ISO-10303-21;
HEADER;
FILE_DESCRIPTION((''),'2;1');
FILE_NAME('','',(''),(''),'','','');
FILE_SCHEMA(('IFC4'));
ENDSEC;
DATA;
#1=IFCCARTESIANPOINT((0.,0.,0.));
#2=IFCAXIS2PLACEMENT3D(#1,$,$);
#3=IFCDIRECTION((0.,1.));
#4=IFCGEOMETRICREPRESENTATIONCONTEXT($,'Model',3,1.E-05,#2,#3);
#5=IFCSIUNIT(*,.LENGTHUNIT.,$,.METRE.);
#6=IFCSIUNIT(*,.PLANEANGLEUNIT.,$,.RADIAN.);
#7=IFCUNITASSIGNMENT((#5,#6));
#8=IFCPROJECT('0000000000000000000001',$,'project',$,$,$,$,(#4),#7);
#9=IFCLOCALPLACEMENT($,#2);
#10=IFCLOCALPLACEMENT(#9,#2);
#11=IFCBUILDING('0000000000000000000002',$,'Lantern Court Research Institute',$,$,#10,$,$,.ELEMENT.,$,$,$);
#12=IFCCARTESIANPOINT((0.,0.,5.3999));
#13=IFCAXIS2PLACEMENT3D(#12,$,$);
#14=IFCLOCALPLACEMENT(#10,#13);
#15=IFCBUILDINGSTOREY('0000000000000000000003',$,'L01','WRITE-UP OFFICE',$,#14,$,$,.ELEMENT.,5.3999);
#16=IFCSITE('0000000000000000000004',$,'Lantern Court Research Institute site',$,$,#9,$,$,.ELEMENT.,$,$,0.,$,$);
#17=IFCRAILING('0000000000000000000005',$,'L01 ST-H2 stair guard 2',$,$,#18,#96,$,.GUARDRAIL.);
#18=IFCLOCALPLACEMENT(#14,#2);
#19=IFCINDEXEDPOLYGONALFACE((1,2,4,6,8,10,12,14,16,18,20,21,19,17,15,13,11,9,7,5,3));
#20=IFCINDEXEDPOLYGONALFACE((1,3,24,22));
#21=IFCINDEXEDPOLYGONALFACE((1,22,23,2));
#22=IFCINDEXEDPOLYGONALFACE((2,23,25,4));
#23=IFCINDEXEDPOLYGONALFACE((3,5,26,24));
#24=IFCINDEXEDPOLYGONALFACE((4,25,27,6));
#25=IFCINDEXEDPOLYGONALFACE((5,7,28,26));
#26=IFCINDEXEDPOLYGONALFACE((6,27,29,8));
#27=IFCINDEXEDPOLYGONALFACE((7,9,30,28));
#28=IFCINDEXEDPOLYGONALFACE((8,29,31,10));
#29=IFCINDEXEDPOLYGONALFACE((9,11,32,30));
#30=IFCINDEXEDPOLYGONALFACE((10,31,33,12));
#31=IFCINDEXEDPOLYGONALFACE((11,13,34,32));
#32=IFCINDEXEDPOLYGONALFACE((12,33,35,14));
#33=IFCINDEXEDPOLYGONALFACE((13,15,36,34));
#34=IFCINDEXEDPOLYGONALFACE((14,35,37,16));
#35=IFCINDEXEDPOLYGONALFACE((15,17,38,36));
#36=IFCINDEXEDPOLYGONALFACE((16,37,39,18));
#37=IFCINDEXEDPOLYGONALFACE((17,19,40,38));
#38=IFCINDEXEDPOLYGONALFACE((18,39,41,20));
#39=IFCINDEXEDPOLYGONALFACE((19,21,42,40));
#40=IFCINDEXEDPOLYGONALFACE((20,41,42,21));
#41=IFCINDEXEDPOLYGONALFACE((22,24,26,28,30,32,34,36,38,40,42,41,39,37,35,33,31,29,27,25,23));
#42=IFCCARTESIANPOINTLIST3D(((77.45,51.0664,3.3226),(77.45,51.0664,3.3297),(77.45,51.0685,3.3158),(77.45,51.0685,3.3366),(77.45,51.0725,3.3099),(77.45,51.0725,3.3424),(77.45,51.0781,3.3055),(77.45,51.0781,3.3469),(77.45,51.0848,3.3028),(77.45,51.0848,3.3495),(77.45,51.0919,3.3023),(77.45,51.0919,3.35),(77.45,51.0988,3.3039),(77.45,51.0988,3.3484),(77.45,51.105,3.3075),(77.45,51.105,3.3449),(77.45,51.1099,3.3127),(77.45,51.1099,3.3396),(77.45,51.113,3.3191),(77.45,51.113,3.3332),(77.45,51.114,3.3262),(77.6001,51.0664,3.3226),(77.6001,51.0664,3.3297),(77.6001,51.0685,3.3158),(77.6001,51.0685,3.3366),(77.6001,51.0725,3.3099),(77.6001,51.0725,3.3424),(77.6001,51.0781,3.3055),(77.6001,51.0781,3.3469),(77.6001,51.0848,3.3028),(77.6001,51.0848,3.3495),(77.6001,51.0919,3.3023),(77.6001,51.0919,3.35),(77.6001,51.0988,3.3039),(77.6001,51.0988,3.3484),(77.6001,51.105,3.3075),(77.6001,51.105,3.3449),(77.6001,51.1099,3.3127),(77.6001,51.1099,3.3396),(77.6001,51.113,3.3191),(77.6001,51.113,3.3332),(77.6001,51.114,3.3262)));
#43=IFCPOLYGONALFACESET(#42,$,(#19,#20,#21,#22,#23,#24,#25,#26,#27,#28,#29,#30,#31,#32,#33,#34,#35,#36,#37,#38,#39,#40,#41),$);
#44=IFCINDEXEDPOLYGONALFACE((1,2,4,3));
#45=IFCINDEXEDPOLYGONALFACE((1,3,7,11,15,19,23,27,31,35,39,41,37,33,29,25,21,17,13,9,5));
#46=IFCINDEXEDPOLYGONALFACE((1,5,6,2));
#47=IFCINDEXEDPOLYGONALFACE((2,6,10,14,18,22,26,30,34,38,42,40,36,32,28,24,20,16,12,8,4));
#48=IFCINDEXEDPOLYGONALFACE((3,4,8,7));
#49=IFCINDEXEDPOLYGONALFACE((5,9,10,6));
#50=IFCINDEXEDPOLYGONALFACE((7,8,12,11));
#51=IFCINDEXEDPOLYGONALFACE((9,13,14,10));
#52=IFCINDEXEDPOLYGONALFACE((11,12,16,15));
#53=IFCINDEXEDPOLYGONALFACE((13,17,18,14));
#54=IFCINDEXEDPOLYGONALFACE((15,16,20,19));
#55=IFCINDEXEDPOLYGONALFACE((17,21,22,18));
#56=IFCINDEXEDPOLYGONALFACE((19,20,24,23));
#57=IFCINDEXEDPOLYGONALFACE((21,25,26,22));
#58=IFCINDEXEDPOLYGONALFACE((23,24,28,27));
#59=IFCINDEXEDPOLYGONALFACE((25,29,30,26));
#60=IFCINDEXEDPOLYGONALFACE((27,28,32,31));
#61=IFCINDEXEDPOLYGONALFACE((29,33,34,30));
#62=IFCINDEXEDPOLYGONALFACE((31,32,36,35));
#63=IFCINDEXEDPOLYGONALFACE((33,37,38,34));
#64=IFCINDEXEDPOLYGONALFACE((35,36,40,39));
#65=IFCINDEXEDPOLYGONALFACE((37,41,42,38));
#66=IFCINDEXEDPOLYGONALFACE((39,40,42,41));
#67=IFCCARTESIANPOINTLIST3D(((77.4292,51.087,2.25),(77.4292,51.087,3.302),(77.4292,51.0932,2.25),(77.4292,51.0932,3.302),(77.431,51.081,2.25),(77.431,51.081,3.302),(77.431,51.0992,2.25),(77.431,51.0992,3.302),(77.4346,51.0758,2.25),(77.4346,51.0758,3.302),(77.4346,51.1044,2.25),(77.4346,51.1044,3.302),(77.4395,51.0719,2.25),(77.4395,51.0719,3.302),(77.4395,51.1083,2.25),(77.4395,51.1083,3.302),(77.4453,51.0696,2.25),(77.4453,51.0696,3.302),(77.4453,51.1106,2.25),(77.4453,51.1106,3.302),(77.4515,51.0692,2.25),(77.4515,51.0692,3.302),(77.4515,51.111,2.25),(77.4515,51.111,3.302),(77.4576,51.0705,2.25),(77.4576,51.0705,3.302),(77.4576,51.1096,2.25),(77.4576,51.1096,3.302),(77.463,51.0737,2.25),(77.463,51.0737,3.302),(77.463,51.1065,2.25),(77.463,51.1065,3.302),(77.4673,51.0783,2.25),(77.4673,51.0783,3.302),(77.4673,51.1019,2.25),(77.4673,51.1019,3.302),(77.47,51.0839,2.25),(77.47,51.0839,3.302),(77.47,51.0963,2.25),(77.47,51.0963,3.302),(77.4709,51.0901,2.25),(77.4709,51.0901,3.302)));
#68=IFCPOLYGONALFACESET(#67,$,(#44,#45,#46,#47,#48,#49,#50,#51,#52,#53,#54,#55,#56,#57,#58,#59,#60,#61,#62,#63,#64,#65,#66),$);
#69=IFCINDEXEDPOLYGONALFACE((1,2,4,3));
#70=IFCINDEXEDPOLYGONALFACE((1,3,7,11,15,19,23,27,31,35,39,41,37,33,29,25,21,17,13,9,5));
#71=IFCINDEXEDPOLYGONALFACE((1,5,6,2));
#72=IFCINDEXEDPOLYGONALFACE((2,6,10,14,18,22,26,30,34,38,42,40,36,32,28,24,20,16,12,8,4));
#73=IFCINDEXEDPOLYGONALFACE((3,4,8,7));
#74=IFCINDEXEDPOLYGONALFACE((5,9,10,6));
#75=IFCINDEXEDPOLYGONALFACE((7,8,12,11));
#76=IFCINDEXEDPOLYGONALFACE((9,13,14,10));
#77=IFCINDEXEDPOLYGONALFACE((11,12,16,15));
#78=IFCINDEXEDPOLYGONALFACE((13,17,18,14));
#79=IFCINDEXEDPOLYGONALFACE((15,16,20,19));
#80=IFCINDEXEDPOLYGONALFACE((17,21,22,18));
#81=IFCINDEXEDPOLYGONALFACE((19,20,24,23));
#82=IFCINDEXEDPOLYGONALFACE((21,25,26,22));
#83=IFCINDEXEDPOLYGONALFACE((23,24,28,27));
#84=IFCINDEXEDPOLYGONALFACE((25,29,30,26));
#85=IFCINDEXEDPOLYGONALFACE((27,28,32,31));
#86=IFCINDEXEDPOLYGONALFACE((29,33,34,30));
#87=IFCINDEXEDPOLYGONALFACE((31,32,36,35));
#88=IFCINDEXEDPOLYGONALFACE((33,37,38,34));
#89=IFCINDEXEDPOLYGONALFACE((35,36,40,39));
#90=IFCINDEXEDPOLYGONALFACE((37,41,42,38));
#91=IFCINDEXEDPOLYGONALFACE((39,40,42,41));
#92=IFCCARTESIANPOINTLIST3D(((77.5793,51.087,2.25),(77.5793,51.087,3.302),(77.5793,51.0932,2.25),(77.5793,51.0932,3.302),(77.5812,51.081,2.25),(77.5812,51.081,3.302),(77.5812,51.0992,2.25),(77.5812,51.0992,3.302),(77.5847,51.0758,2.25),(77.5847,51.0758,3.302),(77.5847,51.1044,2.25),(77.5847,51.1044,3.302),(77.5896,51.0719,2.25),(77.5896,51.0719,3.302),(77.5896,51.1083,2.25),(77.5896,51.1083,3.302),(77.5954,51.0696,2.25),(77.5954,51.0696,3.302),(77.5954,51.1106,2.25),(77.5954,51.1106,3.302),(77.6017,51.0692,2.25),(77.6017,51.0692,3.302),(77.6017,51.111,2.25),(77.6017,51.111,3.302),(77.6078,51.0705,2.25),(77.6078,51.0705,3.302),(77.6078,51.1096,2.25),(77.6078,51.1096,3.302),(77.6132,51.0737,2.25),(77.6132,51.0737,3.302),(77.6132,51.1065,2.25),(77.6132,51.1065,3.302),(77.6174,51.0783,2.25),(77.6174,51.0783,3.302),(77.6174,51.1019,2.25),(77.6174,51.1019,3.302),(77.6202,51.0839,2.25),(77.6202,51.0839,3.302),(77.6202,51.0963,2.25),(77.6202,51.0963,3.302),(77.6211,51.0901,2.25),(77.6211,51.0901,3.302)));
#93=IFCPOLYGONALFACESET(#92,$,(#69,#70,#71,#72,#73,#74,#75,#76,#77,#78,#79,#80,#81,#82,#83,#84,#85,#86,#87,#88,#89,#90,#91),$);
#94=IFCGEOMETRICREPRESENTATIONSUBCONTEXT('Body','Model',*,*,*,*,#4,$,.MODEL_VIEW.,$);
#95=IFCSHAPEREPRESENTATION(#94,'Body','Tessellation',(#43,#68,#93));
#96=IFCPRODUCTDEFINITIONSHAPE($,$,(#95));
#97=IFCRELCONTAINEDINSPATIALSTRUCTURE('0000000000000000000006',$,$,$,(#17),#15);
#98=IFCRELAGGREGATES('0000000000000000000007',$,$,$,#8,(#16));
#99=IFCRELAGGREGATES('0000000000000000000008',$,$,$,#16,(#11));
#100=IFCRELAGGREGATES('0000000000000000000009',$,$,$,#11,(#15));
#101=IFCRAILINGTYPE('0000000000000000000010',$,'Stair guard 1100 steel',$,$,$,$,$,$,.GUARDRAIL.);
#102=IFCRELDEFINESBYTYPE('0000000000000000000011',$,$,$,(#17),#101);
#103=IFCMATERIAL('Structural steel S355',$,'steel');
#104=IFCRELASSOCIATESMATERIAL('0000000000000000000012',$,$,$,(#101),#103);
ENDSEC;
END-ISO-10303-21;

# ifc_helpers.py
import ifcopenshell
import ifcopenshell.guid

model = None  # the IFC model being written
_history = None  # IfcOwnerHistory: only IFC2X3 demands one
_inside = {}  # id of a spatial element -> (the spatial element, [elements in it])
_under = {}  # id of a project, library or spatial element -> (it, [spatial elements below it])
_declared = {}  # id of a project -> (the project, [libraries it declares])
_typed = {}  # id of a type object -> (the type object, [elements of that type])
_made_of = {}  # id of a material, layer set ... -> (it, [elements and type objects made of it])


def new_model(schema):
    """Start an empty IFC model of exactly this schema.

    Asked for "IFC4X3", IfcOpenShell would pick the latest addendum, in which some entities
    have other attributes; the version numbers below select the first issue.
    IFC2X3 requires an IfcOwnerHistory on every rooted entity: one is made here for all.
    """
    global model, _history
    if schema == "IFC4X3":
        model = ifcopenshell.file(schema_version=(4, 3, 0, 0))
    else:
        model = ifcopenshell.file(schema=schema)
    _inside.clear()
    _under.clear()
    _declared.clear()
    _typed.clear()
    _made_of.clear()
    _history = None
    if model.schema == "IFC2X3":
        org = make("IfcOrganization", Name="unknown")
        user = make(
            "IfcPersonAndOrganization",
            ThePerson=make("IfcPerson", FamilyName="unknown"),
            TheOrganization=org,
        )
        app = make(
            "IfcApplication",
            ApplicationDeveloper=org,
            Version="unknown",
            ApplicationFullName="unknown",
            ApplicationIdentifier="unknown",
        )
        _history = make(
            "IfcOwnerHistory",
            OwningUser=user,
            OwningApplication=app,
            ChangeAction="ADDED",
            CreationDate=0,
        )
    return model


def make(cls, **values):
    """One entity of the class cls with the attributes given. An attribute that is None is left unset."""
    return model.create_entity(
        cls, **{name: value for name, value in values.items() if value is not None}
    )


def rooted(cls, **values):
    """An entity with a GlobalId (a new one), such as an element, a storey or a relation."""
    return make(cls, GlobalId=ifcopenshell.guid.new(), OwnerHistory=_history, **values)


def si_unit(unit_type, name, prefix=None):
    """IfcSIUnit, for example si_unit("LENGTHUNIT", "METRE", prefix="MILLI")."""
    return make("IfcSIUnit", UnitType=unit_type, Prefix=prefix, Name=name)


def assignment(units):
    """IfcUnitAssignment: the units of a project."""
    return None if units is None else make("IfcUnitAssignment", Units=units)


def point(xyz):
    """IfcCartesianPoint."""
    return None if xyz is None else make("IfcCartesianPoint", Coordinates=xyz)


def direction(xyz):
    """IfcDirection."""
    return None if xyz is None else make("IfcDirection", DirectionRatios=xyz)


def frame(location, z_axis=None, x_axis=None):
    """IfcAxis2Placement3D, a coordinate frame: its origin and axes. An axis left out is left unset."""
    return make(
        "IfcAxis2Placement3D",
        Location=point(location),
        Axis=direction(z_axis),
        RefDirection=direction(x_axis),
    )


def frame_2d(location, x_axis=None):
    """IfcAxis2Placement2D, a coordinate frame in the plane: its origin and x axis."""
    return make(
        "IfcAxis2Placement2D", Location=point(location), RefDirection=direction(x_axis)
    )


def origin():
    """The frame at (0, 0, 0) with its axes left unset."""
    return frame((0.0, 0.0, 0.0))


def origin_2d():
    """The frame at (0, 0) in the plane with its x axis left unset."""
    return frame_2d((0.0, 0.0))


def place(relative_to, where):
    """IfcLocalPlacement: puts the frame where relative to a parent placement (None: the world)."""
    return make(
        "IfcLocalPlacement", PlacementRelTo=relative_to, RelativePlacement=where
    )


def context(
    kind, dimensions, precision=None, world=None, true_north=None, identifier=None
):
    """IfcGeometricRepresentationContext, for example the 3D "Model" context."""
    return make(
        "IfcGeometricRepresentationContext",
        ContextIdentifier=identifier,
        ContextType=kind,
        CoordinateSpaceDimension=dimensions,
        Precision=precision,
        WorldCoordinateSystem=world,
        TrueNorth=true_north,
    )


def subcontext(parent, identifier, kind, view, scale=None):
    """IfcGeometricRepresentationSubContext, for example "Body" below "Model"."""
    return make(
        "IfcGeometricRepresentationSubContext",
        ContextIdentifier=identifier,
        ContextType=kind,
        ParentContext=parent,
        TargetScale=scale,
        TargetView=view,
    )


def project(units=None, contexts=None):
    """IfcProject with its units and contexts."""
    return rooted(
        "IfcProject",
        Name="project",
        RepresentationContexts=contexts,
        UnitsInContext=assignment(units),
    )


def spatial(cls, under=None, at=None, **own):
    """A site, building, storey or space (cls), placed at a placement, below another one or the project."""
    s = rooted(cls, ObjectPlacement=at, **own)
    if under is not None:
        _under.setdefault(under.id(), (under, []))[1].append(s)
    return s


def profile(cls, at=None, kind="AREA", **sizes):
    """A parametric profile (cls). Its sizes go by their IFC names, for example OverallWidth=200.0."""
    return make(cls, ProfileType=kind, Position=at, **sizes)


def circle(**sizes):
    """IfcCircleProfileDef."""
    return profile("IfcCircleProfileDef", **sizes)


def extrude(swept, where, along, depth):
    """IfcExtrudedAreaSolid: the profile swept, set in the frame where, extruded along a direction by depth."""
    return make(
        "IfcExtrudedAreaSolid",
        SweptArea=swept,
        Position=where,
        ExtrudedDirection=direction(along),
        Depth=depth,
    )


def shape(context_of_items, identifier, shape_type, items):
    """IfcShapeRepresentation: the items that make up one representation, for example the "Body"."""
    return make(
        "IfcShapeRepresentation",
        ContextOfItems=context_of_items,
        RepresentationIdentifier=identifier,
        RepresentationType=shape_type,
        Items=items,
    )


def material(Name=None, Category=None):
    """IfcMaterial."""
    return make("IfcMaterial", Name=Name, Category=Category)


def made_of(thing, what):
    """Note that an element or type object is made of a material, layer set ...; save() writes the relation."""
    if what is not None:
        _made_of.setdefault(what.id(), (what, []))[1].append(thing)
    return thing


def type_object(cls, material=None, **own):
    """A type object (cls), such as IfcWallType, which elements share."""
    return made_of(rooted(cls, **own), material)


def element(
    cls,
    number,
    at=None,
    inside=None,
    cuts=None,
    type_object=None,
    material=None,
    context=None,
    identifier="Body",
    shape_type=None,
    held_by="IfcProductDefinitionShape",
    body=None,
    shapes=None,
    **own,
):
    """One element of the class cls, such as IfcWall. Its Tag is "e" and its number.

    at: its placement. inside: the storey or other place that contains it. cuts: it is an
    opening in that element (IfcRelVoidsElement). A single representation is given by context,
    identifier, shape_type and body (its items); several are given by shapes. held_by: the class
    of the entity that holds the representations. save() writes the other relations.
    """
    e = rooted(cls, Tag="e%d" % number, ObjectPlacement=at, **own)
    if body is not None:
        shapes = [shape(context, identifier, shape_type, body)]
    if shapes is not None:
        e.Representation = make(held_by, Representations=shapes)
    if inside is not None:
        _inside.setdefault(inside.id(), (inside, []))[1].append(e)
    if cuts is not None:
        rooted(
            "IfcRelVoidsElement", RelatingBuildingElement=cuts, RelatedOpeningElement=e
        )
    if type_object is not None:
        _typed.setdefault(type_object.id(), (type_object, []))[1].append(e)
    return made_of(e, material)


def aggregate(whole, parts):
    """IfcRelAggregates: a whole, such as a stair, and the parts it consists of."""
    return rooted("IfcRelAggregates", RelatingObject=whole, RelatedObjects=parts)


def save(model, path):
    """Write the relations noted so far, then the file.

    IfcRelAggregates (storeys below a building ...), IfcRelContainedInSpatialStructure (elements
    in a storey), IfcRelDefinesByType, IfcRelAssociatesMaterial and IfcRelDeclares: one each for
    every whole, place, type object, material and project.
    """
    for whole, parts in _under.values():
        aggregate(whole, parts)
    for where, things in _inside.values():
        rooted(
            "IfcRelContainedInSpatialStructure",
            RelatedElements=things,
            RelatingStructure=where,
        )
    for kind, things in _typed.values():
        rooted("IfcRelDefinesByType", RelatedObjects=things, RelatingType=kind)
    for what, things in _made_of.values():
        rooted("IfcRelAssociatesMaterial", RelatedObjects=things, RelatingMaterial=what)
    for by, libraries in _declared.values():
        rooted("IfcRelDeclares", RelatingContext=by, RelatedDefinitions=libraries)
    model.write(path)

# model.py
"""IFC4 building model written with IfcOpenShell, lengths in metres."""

from ifc_helpers import new_model, si_unit, direction, frame, origin, origin_2d, place, context, subcontext, project, spatial, circle, extrude, material, type_object, element, save


model = new_model("IFC4")

# Units and contexts
model_context = context("Model", 3, precision=1e-05, world=origin(), true_north=direction((0.0, 1.0)))
body_context = subcontext(model_context, "Body", "Model", "MODEL_VIEW")
ifc_project = project(units=[si_unit("LENGTHUNIT", "METRE"), si_unit("PLANEANGLEUNIT", "RADIAN")], contexts=[model_context])

# Site, building, storey
site_placement = place(None, origin())
site = spatial("IfcSite", under=ifc_project, at=site_placement, Name="Lantern Court Research Institute site", CompositionType="ELEMENT", RefElevation=0.0)
building_placement = place(site_placement, origin())
building = spatial("IfcBuilding", under=site, at=building_placement, Name="Lantern Court Research Institute", CompositionType="ELEMENT")
storey_placement = place(building_placement, frame((0.0, 0.0, 5.3999)))
storey = spatial("IfcBuildingStorey", under=building, at=storey_placement, Name="L01", Description="WRITE-UP OFFICE", CompositionType="ELEMENT", Elevation=5.3999)

# Railing
ifc_material_1 = material(Name="Structural steel S355", Category="steel")
railing_type_1 = type_object("IfcRailingType", Name="Stair guard 1100 steel", PredefinedType="GUARDRAIL", material=ifc_material_1)
railing_1_placement = place(storey_placement, frame((77.45, 51.0901, 2.25)))
element("IfcRailing", 1, at=railing_1_placement, inside=storey, type_object=railing_type_1, Name="L01 ST-H2 stair guard 2", PredefinedType="GUARDRAIL", context=body_context, shape_type="SweptSolid", body=[
    extrude(circle(Radius=0.0239, at=origin_2d()), frame((0.0, 0.0, 1.0762), z_axis=(1.0, 0.0, 0.0), x_axis=(0.0, 1.0, 0.0)), (0.0, 0.0, 1.0), 0.1501),
    extrude(circle(Radius=0.021, at=origin_2d()), origin(), (0.0, 0.0, 1.0), 1.052),
    extrude(circle(Radius=0.021, at=origin_2d()), frame((0.1501, 0.0, 0.0)), (0.0, 0.0, 1.0), 1.052),
])

save(model, "model.ifc")
